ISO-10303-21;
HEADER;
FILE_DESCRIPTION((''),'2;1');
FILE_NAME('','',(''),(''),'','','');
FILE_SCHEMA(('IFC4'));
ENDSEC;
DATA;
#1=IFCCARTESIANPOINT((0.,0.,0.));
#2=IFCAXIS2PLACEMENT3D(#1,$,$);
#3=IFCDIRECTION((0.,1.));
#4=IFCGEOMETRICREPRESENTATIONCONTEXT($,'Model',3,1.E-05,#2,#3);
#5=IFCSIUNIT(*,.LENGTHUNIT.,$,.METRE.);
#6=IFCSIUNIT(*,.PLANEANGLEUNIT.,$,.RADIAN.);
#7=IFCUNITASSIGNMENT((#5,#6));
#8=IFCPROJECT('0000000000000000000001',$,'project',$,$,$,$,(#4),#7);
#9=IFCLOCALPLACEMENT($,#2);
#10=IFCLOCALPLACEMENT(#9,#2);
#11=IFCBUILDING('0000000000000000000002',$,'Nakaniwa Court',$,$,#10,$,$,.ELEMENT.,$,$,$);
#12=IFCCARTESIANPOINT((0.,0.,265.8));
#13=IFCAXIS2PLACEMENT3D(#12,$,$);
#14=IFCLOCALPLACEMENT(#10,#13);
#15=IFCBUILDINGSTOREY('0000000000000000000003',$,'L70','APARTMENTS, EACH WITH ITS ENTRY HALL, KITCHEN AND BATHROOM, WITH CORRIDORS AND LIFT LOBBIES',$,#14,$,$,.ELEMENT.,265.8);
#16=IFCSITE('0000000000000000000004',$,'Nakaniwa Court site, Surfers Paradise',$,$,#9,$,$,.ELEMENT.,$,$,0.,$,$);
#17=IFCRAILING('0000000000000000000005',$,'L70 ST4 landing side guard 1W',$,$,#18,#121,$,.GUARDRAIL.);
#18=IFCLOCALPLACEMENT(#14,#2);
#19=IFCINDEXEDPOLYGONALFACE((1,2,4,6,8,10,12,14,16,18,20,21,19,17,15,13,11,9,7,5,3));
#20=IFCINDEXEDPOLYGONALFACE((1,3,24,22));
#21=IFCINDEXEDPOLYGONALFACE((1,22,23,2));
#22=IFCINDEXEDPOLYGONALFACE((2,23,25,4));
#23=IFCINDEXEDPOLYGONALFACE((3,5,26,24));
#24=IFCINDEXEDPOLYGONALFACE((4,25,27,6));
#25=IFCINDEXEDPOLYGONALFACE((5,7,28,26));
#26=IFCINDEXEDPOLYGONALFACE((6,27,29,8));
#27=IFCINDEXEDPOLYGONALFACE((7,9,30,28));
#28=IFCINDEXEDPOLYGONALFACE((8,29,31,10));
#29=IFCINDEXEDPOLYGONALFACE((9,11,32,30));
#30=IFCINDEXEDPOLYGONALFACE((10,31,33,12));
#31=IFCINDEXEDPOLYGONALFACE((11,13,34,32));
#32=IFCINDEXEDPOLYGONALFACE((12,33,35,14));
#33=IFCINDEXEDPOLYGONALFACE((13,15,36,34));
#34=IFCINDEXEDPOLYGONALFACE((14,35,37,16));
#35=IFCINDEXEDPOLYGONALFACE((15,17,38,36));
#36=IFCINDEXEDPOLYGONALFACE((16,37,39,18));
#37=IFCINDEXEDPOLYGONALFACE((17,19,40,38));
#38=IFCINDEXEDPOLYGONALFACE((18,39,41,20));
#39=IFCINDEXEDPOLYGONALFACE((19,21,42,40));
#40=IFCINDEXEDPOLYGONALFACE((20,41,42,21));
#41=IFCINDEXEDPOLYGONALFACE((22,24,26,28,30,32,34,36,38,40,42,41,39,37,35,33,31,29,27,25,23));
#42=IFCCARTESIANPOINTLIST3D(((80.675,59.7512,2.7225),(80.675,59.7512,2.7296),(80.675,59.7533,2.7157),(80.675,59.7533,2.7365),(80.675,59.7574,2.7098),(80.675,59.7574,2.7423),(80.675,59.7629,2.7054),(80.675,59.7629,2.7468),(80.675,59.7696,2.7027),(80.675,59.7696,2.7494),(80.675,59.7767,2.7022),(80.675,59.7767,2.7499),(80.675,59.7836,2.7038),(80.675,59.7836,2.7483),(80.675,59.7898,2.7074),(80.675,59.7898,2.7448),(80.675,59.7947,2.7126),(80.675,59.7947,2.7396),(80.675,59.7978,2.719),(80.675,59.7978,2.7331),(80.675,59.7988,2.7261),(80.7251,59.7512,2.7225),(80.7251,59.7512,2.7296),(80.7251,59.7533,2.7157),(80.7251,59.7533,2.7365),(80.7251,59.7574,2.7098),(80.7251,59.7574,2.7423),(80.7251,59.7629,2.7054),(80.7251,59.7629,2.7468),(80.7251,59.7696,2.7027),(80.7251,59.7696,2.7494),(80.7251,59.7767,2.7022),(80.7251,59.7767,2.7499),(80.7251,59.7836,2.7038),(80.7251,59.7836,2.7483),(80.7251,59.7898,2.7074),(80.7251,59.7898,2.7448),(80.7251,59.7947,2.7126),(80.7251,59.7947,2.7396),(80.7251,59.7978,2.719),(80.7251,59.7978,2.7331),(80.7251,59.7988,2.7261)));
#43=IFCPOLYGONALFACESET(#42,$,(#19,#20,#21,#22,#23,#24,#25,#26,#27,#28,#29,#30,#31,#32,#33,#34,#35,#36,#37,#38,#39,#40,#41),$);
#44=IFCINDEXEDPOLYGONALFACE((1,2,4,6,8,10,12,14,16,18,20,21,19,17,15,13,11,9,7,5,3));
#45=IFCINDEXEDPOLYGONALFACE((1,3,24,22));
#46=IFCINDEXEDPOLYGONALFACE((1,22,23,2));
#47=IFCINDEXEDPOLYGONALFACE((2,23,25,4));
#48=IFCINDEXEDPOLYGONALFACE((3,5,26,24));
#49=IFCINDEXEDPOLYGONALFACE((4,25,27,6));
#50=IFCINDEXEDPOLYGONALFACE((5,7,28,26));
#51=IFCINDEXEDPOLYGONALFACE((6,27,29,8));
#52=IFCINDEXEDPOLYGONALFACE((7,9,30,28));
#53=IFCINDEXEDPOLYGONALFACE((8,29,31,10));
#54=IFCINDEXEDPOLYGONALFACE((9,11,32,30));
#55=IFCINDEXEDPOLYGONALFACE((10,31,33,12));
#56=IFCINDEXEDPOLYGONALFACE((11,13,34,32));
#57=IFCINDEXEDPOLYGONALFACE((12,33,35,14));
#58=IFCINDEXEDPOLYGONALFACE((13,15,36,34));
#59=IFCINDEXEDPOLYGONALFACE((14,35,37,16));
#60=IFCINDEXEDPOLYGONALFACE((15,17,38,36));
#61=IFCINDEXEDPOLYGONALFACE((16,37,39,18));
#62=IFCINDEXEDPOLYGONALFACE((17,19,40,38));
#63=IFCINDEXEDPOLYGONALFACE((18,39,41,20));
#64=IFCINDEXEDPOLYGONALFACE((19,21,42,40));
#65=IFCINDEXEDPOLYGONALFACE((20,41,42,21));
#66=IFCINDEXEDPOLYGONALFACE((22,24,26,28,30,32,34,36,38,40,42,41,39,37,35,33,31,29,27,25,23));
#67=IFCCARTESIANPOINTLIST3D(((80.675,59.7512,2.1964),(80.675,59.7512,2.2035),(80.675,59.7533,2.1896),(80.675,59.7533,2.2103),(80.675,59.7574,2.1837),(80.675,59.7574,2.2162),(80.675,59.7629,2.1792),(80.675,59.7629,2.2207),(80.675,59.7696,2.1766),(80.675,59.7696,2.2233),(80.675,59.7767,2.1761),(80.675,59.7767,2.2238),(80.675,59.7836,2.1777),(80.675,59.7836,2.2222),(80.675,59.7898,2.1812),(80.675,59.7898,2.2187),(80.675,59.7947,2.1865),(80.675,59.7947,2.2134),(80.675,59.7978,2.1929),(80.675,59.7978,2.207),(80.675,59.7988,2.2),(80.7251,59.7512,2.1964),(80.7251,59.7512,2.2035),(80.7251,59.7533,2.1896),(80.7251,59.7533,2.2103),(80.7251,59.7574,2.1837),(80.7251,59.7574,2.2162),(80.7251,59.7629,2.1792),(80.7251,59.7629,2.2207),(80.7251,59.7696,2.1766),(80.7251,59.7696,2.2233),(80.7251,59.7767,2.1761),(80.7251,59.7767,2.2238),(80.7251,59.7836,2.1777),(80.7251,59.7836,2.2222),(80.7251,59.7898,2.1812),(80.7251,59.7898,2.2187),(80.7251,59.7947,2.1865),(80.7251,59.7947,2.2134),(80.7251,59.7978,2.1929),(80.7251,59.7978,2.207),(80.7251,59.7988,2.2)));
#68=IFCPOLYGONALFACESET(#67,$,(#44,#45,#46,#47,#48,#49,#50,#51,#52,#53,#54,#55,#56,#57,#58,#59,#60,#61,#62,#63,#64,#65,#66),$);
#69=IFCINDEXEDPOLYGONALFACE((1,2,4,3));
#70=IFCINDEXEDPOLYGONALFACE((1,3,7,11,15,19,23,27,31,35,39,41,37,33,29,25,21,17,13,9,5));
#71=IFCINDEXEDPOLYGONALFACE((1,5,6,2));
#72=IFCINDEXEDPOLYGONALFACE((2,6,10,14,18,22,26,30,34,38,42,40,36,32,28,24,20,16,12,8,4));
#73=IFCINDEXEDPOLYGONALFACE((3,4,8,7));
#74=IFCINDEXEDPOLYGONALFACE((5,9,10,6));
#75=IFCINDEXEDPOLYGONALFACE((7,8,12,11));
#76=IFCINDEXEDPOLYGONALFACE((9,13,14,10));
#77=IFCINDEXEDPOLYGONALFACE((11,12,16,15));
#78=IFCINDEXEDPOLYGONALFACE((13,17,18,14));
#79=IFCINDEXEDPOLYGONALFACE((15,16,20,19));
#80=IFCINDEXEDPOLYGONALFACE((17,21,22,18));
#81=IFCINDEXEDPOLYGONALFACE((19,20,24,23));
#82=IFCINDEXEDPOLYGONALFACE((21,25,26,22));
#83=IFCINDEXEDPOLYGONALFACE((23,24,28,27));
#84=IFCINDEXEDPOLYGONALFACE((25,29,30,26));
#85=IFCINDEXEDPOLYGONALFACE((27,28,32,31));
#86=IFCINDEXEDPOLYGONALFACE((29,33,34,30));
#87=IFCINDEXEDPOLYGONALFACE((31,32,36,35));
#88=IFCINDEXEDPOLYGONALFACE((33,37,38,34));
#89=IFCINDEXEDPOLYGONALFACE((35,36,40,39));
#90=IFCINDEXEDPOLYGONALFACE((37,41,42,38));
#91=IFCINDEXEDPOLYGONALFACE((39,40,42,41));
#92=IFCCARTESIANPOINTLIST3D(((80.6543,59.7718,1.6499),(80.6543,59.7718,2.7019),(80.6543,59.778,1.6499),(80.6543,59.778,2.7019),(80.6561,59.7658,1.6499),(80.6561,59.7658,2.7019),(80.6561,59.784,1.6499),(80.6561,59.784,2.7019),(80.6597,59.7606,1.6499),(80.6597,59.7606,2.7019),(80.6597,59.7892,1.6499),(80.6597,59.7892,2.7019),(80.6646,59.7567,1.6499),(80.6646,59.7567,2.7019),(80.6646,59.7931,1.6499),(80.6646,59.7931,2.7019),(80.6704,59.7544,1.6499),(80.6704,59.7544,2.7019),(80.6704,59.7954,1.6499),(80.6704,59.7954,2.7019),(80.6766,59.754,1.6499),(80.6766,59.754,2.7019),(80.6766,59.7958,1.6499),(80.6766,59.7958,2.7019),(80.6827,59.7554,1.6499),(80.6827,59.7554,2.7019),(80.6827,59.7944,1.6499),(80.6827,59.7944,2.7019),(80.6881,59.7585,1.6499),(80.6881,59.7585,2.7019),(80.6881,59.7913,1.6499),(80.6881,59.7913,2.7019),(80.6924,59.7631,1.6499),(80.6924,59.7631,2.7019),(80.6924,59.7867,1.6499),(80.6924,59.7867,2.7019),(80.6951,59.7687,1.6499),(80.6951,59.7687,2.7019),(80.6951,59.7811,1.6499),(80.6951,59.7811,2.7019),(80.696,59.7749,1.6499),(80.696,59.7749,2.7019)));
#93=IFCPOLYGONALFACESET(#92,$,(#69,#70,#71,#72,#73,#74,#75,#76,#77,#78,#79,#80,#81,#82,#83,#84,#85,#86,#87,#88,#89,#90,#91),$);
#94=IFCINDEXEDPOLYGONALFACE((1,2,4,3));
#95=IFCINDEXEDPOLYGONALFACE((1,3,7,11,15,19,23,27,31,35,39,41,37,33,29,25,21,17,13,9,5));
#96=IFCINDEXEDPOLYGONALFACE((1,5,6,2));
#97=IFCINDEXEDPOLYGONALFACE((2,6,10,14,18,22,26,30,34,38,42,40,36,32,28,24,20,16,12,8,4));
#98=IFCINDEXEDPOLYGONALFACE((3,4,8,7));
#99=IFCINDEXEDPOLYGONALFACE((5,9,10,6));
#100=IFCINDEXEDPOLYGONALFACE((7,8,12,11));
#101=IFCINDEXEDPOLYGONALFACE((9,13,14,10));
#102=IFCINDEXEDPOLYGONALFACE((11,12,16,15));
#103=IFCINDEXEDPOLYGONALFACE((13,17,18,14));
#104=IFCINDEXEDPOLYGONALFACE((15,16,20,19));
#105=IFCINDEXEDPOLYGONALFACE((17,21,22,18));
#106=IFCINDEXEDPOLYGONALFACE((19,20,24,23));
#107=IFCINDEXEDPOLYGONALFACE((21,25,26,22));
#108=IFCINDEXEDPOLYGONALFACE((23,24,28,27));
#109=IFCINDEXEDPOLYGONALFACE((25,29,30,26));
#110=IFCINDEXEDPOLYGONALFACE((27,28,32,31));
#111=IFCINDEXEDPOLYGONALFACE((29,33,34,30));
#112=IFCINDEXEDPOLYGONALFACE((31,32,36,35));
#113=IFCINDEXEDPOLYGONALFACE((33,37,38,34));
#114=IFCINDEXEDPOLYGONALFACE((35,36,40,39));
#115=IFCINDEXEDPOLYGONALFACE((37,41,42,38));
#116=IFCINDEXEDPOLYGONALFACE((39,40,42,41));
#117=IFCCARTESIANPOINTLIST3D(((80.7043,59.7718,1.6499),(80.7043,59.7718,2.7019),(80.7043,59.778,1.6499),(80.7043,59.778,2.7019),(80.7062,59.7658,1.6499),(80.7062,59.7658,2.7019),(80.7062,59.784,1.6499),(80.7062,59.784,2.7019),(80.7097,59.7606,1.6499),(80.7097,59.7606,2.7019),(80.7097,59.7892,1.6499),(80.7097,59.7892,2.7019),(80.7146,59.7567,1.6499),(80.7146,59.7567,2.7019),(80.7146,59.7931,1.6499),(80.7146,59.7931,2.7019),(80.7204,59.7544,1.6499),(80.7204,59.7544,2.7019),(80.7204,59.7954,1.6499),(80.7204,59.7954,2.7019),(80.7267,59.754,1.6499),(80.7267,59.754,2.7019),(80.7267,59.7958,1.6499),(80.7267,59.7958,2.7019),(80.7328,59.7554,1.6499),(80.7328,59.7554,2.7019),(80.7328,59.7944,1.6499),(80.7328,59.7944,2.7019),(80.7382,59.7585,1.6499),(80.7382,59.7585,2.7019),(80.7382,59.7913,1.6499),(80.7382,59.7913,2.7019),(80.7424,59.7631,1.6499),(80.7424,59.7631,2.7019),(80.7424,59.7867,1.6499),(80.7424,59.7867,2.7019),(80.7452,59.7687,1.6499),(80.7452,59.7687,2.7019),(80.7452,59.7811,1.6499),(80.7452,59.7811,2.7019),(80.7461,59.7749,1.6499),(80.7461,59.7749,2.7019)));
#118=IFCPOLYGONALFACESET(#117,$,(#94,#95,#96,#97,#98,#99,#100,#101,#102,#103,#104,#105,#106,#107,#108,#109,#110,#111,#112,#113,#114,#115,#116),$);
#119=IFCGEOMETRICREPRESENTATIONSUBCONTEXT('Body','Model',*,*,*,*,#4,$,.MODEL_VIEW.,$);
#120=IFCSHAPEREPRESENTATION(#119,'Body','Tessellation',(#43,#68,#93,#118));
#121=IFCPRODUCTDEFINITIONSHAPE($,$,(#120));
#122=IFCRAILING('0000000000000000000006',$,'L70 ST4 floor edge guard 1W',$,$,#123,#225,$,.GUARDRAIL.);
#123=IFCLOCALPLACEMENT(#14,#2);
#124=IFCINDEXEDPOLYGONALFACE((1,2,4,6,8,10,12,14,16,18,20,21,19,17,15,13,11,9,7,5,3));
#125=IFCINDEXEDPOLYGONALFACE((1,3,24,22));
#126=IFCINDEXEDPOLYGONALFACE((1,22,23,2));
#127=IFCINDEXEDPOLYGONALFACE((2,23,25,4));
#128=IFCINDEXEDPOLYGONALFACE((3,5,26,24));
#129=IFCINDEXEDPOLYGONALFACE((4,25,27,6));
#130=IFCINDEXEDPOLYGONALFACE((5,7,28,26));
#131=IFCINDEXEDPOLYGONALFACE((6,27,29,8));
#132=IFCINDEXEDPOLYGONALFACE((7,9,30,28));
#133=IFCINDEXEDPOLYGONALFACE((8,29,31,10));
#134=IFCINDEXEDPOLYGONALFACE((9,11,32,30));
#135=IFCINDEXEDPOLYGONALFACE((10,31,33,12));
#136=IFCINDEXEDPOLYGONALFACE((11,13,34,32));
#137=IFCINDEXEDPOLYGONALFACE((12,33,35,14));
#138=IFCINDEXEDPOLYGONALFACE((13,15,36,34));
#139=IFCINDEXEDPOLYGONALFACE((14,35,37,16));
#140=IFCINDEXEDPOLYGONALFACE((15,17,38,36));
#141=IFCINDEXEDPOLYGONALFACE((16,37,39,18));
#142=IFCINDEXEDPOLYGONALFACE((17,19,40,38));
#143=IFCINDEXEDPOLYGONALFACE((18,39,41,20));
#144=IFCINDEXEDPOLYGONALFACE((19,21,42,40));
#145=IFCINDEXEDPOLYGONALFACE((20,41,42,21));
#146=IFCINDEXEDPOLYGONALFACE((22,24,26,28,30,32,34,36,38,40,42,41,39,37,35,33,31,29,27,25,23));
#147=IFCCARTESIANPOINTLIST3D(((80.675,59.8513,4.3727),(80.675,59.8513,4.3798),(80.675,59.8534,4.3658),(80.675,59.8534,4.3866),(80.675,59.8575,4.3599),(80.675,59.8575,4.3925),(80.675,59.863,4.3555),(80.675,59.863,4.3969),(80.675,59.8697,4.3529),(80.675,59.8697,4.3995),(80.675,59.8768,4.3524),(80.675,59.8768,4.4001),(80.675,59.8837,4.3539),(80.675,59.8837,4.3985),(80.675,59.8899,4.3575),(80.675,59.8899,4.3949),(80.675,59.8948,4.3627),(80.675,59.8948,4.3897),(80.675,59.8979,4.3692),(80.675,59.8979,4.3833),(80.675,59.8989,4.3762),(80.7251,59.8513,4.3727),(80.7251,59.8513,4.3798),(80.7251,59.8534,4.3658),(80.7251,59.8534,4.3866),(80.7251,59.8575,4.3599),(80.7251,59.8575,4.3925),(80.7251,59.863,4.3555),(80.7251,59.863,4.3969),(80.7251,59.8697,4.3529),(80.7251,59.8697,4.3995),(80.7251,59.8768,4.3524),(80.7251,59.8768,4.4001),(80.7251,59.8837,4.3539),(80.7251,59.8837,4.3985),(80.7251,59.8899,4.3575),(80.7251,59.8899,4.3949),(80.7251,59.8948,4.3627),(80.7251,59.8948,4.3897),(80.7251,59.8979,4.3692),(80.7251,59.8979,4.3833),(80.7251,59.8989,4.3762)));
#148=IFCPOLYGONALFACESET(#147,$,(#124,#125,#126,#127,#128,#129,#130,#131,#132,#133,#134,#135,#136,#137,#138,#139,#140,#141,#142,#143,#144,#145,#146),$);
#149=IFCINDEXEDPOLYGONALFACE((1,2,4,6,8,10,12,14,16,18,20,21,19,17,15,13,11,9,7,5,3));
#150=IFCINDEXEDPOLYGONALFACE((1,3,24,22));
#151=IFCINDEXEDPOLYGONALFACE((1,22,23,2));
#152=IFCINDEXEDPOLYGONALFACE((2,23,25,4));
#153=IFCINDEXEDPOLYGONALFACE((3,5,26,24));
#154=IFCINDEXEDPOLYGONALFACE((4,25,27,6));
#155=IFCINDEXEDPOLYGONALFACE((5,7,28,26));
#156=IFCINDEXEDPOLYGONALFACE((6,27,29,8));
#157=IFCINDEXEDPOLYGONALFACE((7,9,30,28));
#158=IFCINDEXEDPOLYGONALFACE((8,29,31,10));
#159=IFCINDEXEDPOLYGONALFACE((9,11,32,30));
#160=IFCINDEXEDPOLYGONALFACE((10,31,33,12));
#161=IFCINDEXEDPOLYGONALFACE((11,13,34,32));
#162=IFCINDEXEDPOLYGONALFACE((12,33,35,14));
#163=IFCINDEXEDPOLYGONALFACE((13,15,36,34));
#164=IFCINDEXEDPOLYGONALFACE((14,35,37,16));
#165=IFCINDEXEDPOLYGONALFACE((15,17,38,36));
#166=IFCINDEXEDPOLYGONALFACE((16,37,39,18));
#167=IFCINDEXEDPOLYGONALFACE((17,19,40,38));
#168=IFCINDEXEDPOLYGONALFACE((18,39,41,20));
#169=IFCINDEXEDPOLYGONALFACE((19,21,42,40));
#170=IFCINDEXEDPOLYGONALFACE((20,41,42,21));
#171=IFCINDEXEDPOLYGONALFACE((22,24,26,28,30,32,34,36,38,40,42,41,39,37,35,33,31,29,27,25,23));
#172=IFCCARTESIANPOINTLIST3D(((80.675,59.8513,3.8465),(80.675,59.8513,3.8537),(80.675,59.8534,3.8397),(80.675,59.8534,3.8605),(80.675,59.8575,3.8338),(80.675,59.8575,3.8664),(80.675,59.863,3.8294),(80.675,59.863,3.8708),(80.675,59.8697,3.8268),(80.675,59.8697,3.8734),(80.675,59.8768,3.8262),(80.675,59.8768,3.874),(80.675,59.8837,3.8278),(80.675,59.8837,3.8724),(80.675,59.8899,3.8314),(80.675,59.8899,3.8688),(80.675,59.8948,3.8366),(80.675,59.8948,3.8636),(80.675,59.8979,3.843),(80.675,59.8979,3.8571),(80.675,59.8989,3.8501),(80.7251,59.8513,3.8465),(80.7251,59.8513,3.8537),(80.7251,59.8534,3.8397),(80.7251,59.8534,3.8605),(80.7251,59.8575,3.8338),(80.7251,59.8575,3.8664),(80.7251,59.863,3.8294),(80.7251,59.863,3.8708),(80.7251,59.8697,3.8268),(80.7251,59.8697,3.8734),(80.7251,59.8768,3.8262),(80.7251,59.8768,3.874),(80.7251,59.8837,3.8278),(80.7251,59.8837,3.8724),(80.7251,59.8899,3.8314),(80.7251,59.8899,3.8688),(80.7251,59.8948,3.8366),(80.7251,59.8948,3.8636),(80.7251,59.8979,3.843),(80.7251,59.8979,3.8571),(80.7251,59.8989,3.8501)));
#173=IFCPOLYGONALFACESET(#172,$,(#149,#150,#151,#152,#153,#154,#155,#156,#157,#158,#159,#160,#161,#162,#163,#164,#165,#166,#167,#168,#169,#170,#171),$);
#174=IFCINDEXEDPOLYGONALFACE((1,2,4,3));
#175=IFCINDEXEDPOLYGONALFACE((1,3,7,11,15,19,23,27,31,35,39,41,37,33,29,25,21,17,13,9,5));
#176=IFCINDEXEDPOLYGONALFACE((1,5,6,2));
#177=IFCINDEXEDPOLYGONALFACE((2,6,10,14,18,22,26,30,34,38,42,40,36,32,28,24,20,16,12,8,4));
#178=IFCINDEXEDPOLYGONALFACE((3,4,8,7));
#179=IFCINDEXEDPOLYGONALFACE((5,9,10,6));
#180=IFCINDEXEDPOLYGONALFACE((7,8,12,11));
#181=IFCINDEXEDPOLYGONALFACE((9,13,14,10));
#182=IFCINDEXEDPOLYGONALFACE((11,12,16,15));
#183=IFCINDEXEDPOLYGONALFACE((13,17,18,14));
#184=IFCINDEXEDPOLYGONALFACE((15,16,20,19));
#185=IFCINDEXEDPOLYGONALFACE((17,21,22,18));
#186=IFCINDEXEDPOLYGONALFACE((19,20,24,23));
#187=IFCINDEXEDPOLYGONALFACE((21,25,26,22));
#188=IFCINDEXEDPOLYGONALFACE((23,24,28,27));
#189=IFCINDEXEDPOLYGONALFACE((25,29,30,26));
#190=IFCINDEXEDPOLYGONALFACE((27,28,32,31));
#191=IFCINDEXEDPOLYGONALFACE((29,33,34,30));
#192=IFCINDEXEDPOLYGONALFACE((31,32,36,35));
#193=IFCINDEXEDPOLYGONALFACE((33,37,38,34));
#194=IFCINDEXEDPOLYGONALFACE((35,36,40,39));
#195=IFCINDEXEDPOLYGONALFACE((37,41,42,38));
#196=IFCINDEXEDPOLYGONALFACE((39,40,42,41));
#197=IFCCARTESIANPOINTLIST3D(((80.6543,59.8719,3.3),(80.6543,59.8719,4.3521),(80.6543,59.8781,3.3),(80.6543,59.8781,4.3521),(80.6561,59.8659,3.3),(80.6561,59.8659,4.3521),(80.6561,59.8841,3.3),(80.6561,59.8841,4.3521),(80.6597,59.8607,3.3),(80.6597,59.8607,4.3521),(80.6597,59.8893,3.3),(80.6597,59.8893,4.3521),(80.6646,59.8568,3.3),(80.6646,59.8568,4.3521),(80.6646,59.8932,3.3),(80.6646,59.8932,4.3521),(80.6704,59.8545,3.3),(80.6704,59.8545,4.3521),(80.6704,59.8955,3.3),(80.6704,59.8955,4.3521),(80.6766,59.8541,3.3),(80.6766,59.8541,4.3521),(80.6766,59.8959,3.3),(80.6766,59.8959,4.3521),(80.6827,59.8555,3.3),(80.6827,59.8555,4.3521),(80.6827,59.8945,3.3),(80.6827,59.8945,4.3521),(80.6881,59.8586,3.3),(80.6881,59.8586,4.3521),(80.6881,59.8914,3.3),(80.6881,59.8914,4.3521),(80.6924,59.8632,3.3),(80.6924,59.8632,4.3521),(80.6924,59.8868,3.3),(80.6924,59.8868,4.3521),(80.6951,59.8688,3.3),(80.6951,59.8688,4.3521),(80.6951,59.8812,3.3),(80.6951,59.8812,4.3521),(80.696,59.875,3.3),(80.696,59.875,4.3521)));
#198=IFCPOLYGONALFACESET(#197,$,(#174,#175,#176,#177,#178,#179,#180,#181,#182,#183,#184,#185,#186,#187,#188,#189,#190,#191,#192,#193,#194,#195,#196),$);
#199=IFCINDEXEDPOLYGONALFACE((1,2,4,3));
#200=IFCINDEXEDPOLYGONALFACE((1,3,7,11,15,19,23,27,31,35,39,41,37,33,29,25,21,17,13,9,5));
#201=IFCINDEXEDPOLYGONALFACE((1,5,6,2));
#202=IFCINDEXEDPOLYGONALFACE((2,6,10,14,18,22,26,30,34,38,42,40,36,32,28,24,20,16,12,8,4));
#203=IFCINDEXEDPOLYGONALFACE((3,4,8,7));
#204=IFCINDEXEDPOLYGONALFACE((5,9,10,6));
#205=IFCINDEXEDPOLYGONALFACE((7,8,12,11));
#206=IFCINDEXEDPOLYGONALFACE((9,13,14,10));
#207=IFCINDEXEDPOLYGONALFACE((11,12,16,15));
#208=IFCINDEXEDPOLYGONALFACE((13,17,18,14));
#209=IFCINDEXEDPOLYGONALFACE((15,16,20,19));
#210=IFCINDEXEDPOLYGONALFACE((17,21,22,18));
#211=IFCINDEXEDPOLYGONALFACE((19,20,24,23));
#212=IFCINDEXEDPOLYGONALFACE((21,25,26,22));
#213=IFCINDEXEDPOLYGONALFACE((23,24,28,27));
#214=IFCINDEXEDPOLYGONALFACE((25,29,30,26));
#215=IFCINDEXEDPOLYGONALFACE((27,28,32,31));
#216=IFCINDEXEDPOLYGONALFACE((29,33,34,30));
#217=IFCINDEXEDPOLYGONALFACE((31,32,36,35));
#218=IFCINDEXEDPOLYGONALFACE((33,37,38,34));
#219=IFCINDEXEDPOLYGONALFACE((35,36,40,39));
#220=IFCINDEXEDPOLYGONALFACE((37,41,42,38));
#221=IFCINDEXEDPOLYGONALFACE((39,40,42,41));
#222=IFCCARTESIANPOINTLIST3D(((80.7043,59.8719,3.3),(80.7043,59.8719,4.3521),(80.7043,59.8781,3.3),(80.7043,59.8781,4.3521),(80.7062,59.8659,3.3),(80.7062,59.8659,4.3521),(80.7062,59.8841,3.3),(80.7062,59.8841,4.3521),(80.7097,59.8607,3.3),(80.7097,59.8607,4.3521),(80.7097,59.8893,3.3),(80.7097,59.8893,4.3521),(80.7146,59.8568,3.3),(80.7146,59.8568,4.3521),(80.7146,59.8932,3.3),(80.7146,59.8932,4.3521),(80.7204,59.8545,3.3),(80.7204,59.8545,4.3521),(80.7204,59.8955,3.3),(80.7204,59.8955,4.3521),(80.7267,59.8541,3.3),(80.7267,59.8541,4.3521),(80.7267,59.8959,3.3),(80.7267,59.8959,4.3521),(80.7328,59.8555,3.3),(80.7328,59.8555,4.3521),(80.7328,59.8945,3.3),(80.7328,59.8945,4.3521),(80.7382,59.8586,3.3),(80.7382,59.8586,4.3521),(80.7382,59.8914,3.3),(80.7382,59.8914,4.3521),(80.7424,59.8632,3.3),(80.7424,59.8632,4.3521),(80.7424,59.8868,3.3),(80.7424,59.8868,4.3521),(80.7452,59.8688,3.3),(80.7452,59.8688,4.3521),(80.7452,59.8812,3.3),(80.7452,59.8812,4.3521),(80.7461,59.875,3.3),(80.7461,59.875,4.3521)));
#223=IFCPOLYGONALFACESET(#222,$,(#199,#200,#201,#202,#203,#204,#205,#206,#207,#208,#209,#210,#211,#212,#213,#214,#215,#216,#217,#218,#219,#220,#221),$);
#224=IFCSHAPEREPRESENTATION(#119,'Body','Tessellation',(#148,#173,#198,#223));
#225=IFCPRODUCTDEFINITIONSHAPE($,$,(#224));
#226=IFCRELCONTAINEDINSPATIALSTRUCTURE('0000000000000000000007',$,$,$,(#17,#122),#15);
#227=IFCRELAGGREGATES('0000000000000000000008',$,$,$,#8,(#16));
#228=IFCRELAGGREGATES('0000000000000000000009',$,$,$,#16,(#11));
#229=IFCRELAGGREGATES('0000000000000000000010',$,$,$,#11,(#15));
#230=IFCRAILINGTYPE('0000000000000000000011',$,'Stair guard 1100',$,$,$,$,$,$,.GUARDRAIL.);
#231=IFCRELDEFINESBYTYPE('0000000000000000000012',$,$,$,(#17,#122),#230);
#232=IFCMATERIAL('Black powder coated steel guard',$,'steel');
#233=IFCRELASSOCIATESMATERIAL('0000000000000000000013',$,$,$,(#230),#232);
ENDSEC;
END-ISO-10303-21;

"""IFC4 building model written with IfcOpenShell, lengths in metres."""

from ifc_helpers import new_model, si_unit, direction, frame, origin, origin_2d, place, context, subcontext, project, spatial, circle, extrude, material, type_object, element, save


model = new_model("IFC4")

# Units and contexts
model_context = context("Model", 3, precision=1e-05, world=origin(), true_north=direction((0.0, 1.0)))
body_context = subcontext(model_context, "Body", "Model", "MODEL_VIEW")
ifc_project = project(units=[si_unit("LENGTHUNIT", "METRE"), si_unit("PLANEANGLEUNIT", "RADIAN")], contexts=[model_context])

# Site, building, storey
site_placement = place(None, origin())
site = spatial("IfcSite", under=ifc_project, at=site_placement, Name="Nakaniwa Court site, Surfers Paradise", CompositionType="ELEMENT", RefElevation=0.0)
building_placement = place(site_placement, origin())
building = spatial("IfcBuilding", under=site, at=building_placement, Name="Nakaniwa Court", CompositionType="ELEMENT")
storey_placement = place(building_placement, frame((0.0, 0.0, 265.8)))
storey = spatial("IfcBuildingStorey", under=building, at=storey_placement, Name="L70", Description="APARTMENTS, EACH WITH ITS ENTRY HALL, KITCHEN AND BATHROOM, WITH CORRIDORS AND LIFT LOBBIES", CompositionType="ELEMENT", Elevation=265.8)

# Railings
ifc_material_1 = material(Name="Black powder coated steel guard", Category="steel")
railing_type_1 = type_object("IfcRailingType", Name="Stair guard 1100", PredefinedType="GUARDRAIL", material=ifc_material_1)
for number, where, name in (
    (1, (80.675, 59.7749, 1.6499), "L70 ST4 landing side guard 1W"),
    (2, (80.675, 59.875, 3.3), "L70 ST4 floor edge guard 1W"),
):
    element("IfcRailing", number, at=place(storey_placement, frame(where)), inside=storey, type_object=railing_type_1, Name=name, PredefinedType="GUARDRAIL", context=body_context, shape_type="SweptSolid", body=[
        extrude(circle(Radius=0.0239, at=origin_2d()), frame((0.0, 0.0, 1.0762), z_axis=(1.0, 0.0, 0.0), x_axis=(0.0, 1.0, 0.0)), (0.0, 0.0, 1.0), 0.05),
        extrude(circle(Radius=0.0239, at=origin_2d()), frame((0.0, 0.0, 0.55), z_axis=(1.0, 0.0, 0.0), x_axis=(0.0, 1.0, 0.0)), (0.0, 0.0, 1.0), 0.05),
        extrude(circle(Radius=0.021, at=origin_2d()), origin(), (0.0, 0.0, 1.0), 1.052),
        extrude(circle(Radius=0.021, at=origin_2d()), frame((0.05, 0.0, 0.0)), (0.0, 0.0, 1.0), 1.052),
    ])

save(model, "model.ifc")
